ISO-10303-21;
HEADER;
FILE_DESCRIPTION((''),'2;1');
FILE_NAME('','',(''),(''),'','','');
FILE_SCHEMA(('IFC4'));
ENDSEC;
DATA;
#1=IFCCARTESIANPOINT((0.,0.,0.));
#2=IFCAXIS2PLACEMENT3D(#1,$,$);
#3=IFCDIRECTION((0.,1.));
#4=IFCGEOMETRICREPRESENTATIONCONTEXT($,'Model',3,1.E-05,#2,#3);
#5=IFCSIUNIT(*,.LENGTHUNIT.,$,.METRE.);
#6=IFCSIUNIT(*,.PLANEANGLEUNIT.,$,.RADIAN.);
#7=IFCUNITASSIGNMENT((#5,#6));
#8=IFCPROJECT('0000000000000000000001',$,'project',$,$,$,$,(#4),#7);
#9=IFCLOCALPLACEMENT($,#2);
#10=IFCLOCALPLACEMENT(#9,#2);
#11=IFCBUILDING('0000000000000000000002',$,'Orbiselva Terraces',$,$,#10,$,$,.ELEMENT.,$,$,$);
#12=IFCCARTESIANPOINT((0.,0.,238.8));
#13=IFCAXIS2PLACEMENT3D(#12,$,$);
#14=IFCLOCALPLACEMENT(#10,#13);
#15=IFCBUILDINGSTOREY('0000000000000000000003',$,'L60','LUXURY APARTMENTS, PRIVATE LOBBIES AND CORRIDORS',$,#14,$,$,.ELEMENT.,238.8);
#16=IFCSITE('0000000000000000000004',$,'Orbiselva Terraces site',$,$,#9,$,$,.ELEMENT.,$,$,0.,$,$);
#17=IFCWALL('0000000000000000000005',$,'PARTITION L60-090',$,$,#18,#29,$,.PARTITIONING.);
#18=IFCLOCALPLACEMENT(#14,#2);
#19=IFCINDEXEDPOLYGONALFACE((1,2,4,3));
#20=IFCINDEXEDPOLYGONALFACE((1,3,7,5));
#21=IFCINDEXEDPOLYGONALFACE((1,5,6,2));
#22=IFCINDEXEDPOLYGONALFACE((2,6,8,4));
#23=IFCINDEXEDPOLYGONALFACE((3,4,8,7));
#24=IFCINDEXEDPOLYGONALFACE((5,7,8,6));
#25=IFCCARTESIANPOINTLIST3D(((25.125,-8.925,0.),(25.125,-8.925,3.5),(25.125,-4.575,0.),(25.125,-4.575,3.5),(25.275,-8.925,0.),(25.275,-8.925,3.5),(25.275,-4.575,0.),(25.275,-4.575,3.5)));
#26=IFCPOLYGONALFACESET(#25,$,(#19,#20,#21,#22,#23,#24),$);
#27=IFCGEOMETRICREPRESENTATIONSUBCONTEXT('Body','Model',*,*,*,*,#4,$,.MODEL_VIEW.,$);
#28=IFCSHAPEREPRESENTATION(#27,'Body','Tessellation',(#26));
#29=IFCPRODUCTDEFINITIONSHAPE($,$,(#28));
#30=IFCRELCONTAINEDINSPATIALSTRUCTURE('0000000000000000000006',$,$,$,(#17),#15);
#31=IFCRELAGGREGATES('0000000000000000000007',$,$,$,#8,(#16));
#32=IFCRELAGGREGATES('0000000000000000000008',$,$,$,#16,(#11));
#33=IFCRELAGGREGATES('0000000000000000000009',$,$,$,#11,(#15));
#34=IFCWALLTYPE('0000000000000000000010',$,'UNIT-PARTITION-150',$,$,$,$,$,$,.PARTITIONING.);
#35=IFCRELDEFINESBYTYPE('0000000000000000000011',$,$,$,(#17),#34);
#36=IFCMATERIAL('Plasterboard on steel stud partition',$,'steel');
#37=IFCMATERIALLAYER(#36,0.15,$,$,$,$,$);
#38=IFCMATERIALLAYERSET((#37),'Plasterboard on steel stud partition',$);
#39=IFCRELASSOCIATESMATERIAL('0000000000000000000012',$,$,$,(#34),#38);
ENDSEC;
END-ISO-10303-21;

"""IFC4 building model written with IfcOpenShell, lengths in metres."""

from ifc_helpers import new_model, si_unit, direction, frame, frame_2d, origin, place, context, subcontext, project, spatial, rectangle, extrude, material, layer, layer_set, type_object, element, save


model = new_model("IFC4")

# Units and contexts
model_context = context("Model", 3, precision=1e-05, world=origin(), true_north=direction((0.0, 1.0)))
body_context = subcontext(model_context, "Body", "Model", "MODEL_VIEW")
ifc_project = project(units=[si_unit("LENGTHUNIT", "METRE"), si_unit("PLANEANGLEUNIT", "RADIAN")], contexts=[model_context])

# Site, building, storey
site_placement = place(None, origin())
site = spatial("IfcSite", under=ifc_project, at=site_placement, Name="Orbiselva Terraces site", CompositionType="ELEMENT", RefElevation=0.0)
building_placement = place(site_placement, origin())
building = spatial("IfcBuilding", under=site, at=building_placement, Name="Orbiselva Terraces", CompositionType="ELEMENT")
storey_placement = place(building_placement, frame((0.0, 0.0, 238.8)))
storey = spatial("IfcBuildingStorey", under=building, at=storey_placement, Name="L60", Description="LUXURY APARTMENTS, PRIVATE LOBBIES AND CORRIDORS", CompositionType="ELEMENT", Elevation=238.8)

# Shared definitions
ifc_material_1 = material(Name="Plasterboard on steel stud partition", Category="steel")
ifc_layer_1 = layer(ifc_material_1, 0.15)
ifc_layer_set_1 = layer_set([ifc_layer_1], Name="Plasterboard on steel stud partition")
wall_type_1 = type_object("IfcWallType", Name="UNIT-PARTITION-150", PredefinedType="PARTITIONING", material=ifc_layer_set_1)

# Wall
for number, where, z_axis, x_axis, name in (
    (1, (25.2, -8.925, 0.0), (0.0, 0.0, 1.0), (0.0, 1.0, 0.0), "PARTITION L60-090"),
):
    element("IfcWall", number, at=place(storey_placement, frame(where, z_axis=z_axis, x_axis=x_axis)), inside=storey, type_object=wall_type_1, Name=name, PredefinedType="PARTITIONING", context=body_context, shape_type="SweptSolid", body=[
        extrude(rectangle(XDim=4.35, YDim=0.15, at=frame_2d((2.175, 0.0))), origin(), (0.0, 0.0, 1.0), 3.5),
    ])

save(model, "model.ifc")
